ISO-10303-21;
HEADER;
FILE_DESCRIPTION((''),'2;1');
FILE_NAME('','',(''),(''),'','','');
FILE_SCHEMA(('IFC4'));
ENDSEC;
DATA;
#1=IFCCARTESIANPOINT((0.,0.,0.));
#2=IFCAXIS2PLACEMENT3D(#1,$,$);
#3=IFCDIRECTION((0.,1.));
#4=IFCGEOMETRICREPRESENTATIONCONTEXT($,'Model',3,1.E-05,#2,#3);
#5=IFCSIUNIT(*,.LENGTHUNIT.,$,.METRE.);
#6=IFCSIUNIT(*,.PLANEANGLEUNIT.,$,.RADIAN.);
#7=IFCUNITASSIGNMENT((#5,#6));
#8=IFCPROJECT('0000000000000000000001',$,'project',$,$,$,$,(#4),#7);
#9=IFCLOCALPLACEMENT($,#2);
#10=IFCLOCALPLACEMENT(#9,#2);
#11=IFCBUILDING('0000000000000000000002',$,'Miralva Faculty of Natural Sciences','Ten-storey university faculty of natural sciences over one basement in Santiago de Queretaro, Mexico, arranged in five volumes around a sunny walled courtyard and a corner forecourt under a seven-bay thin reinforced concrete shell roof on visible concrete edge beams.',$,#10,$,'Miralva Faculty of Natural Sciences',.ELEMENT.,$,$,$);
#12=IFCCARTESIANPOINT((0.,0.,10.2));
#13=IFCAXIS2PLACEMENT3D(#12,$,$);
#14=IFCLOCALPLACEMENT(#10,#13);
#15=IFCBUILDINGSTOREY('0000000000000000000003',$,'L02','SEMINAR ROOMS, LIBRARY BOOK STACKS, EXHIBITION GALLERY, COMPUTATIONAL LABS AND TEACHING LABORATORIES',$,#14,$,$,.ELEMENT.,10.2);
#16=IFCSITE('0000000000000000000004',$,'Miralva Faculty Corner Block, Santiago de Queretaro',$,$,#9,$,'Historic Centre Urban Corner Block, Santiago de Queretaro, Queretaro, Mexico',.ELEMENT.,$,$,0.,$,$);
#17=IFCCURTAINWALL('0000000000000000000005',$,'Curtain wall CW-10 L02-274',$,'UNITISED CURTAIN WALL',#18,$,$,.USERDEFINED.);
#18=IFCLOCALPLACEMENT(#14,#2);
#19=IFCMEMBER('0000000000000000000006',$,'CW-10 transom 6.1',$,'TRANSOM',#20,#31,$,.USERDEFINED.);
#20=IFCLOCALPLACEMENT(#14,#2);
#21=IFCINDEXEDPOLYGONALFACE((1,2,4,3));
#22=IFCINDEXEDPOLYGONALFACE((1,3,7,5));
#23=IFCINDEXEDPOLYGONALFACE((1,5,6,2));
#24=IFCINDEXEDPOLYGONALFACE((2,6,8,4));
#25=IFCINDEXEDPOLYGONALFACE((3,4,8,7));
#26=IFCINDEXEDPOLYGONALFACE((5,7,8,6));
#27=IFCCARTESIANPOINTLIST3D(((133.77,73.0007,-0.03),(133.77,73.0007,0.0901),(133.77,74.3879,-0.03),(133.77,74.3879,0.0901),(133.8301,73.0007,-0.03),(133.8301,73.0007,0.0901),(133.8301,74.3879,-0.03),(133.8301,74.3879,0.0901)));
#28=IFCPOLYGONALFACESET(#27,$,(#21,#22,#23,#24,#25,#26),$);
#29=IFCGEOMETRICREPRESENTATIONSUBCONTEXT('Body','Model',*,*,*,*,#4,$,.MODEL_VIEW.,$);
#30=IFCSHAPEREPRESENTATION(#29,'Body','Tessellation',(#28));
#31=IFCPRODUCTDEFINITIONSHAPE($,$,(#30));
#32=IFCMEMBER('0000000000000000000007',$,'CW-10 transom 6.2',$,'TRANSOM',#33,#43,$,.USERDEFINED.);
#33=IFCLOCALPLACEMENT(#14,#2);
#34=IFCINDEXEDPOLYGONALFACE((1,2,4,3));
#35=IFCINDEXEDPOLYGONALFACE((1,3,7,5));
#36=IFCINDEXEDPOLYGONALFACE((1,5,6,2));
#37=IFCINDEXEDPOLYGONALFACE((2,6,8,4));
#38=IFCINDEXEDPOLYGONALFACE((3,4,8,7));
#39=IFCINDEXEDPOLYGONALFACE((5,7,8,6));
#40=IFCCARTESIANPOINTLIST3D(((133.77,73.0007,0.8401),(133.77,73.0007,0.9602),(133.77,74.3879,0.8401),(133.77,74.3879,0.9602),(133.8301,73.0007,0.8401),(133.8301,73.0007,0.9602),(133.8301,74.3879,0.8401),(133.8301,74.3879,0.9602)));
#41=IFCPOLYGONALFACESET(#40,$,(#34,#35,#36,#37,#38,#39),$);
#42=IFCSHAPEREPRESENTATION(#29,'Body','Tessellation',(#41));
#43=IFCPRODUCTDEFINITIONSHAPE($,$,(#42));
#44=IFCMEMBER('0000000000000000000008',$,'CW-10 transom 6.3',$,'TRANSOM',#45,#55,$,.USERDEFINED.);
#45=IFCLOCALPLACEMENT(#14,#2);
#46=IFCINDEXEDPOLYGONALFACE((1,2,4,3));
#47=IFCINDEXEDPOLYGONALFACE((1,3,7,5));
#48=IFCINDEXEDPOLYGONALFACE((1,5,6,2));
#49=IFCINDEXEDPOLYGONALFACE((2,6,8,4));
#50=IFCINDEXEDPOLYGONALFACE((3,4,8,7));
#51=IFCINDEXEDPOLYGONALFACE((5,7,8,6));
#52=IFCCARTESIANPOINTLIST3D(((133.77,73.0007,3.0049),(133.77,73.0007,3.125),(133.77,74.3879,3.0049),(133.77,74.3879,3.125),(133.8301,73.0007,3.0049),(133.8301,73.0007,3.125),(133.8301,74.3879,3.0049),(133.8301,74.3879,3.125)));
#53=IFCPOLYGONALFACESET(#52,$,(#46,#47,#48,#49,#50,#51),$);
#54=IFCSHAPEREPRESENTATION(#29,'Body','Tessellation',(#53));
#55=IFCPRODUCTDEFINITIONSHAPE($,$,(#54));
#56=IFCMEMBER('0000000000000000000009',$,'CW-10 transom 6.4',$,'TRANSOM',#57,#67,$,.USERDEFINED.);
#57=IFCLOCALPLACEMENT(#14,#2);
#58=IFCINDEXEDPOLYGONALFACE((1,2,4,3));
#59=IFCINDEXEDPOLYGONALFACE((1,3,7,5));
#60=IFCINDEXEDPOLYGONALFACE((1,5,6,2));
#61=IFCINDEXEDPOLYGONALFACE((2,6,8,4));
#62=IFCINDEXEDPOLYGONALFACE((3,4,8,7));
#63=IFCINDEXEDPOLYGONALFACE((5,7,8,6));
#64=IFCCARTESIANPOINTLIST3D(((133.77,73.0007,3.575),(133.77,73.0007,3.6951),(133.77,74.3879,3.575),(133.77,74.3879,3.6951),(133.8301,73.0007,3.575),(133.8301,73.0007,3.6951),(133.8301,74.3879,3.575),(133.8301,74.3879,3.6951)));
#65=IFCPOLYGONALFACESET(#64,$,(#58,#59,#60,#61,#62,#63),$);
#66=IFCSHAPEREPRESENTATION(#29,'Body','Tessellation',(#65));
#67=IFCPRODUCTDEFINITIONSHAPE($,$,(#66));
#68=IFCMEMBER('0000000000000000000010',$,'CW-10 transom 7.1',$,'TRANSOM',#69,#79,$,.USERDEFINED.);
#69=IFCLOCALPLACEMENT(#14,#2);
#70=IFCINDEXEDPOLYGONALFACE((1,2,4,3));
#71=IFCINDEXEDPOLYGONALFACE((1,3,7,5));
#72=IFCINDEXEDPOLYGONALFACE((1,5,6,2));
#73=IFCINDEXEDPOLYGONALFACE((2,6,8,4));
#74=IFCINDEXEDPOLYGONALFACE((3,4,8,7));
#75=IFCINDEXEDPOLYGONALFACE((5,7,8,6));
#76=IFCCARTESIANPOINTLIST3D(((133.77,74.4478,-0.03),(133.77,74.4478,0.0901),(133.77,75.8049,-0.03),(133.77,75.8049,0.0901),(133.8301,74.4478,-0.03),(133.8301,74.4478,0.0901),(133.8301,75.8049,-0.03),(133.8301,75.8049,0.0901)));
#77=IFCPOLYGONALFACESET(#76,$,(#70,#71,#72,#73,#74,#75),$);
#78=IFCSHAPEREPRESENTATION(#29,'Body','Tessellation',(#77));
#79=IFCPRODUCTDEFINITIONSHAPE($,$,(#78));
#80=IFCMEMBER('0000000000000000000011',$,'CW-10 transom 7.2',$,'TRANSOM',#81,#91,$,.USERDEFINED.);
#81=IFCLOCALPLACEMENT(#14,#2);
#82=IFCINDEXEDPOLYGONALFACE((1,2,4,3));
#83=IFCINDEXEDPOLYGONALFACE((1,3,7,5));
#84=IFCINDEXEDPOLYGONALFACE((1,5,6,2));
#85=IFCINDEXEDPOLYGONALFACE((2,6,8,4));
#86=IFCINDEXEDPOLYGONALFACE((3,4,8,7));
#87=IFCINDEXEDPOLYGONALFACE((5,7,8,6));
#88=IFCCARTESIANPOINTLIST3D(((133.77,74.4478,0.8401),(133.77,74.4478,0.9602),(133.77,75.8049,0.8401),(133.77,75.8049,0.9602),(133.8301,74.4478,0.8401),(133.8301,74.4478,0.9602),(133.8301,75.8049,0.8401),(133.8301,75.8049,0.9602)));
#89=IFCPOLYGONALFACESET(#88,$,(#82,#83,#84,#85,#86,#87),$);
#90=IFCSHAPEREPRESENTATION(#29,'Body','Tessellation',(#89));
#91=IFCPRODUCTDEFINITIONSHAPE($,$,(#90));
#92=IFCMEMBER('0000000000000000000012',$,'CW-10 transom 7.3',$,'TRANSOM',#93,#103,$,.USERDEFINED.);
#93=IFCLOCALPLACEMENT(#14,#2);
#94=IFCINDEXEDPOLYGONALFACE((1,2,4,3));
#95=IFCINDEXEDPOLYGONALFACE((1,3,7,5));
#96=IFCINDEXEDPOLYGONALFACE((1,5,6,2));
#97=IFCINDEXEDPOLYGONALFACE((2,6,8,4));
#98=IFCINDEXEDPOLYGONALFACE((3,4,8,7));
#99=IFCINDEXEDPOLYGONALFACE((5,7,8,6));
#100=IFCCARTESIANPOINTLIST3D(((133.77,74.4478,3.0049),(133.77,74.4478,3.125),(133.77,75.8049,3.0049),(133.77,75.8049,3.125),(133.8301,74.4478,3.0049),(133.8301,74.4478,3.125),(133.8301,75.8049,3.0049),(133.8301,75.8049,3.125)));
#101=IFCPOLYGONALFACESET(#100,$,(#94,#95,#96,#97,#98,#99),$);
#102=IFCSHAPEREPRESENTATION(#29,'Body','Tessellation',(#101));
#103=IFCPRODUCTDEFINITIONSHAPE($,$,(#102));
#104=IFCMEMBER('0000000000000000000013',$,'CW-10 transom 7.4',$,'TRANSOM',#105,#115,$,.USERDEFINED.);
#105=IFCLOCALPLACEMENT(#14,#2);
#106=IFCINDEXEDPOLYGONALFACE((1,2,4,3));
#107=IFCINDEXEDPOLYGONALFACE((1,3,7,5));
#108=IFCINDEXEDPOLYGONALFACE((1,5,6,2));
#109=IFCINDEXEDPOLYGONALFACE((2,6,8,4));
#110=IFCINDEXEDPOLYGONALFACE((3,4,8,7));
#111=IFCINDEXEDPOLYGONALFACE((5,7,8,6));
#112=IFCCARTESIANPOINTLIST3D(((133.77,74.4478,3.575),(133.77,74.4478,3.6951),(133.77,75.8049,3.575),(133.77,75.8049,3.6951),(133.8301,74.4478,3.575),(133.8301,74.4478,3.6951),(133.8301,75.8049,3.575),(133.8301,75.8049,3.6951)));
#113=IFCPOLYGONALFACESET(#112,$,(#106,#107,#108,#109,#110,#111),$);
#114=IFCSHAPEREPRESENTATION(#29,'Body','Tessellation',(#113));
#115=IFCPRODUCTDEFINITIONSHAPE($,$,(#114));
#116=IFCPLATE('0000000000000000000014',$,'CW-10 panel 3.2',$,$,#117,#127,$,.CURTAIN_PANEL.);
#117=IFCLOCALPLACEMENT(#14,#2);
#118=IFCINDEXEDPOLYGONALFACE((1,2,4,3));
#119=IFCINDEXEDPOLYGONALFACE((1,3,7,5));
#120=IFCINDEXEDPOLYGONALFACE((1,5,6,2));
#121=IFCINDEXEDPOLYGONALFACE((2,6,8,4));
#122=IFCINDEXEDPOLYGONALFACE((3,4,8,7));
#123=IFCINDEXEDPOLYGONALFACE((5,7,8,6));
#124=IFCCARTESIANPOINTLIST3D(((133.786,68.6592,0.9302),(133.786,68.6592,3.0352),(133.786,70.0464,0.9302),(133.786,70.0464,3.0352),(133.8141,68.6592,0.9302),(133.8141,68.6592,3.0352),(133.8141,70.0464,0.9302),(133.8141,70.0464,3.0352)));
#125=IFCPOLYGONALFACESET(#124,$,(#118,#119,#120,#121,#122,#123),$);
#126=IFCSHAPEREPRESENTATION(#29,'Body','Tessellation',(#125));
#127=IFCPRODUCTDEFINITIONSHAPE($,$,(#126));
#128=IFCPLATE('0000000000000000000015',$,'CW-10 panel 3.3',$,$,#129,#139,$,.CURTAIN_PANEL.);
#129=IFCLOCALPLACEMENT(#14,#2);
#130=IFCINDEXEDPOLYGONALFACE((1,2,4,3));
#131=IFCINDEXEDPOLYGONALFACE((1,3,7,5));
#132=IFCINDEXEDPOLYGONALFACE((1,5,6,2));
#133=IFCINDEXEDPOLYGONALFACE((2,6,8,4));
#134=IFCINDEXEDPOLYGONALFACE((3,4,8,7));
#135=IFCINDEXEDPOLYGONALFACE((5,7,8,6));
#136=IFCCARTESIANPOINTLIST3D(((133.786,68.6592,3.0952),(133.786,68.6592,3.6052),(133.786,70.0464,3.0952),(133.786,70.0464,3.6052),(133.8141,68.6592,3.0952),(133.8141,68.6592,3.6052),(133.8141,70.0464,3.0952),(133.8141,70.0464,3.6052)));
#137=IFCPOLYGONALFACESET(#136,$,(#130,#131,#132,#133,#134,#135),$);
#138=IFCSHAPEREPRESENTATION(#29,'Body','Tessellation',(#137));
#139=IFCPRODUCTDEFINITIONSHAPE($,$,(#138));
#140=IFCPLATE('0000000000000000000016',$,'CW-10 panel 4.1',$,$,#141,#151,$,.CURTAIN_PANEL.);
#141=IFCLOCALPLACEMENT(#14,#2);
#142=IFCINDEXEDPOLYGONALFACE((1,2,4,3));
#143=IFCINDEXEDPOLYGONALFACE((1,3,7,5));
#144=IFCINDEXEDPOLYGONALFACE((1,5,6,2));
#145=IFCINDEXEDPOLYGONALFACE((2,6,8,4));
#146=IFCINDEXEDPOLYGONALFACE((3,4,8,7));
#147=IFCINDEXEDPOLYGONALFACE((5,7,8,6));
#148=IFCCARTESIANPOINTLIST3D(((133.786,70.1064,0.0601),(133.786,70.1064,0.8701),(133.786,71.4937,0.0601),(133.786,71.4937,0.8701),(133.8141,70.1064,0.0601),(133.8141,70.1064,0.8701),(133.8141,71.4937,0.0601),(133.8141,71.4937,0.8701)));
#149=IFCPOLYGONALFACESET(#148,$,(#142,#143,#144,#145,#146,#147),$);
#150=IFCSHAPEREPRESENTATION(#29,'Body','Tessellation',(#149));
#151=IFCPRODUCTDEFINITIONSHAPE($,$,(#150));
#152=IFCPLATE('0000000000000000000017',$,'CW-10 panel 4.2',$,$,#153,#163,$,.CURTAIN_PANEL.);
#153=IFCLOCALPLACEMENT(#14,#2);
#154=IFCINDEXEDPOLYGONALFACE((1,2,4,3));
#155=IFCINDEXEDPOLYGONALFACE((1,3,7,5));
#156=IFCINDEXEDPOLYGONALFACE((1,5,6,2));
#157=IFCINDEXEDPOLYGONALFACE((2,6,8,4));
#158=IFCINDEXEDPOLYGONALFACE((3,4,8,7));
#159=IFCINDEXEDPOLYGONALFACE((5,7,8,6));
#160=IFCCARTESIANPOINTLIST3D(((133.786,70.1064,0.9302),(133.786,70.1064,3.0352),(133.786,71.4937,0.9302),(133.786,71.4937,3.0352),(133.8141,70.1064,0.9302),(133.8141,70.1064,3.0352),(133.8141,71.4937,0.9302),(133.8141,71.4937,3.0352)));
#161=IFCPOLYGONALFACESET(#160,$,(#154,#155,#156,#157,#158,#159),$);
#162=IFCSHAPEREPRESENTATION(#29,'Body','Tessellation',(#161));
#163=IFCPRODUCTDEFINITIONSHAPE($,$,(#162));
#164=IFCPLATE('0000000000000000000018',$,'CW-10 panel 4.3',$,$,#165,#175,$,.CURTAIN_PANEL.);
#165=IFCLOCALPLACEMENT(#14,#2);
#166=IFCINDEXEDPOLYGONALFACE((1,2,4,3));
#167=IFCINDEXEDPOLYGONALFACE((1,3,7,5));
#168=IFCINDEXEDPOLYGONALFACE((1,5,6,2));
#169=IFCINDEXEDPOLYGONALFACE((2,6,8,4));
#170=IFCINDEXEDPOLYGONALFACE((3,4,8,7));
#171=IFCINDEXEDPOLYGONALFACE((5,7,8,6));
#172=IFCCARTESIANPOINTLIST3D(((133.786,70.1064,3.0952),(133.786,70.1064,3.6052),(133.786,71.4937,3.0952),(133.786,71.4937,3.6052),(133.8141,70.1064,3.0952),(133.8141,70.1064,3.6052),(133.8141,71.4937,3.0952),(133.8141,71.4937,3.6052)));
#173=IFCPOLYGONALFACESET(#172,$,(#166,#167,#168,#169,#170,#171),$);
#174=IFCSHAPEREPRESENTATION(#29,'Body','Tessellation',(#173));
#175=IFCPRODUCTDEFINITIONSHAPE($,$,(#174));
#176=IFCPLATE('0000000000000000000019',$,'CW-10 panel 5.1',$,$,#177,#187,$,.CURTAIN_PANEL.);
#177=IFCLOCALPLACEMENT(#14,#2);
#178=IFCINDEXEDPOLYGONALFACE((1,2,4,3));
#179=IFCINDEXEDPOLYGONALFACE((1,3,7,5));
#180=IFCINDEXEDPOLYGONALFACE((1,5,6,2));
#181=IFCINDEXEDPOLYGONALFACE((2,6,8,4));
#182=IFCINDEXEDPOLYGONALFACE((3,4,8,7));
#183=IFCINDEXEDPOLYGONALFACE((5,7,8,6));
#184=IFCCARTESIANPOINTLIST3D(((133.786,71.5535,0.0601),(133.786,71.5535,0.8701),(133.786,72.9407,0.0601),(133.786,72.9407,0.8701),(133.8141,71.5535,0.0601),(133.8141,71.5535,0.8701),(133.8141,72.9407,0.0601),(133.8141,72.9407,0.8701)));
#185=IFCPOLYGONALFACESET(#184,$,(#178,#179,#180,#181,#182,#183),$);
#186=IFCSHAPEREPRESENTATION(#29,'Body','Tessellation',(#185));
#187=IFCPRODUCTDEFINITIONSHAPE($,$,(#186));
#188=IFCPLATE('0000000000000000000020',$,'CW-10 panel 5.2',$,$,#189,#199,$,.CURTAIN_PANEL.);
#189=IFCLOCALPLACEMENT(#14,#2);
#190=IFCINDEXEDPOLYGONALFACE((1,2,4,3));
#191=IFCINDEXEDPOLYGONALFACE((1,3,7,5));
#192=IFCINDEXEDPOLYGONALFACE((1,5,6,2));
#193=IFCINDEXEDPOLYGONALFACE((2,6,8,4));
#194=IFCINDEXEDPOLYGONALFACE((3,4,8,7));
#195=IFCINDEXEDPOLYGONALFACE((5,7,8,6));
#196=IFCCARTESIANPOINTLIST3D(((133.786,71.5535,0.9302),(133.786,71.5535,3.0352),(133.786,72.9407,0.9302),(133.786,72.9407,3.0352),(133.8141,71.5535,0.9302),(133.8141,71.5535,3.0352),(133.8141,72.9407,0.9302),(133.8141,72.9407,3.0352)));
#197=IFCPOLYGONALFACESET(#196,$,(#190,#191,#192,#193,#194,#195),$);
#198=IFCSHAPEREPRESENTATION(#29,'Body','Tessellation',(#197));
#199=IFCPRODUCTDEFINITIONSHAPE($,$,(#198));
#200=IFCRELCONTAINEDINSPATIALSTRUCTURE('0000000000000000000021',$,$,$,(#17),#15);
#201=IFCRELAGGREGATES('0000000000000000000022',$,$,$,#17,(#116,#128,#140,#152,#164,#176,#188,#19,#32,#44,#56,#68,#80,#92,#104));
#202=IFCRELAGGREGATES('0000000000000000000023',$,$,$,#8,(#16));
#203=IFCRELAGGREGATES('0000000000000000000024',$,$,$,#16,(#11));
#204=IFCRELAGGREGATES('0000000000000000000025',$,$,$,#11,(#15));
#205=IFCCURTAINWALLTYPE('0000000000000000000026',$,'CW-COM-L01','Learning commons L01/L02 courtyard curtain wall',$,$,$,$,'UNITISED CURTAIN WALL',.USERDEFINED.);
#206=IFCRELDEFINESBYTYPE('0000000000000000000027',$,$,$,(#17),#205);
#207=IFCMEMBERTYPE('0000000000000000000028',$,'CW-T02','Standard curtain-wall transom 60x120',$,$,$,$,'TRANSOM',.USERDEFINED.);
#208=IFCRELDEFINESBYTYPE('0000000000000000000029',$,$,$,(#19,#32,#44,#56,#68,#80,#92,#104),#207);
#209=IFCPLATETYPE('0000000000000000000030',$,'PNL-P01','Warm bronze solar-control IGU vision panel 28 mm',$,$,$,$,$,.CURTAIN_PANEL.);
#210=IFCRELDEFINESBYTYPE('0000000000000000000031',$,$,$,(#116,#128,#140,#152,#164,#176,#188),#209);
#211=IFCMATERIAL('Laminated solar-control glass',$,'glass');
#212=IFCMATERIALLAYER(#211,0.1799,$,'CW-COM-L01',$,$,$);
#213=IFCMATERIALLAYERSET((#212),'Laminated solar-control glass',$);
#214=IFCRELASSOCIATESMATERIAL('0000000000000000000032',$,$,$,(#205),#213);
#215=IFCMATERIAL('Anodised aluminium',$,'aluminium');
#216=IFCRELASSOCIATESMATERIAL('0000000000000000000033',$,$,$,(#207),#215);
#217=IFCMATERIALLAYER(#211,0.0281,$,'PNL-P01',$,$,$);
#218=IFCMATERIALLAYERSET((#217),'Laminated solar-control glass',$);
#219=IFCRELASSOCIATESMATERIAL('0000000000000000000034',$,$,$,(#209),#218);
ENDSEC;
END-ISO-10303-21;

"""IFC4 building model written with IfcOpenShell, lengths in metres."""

from ifc_helpers import new_model, si_unit, direction, frame, origin, origin_2d, place, context, subcontext, project, spatial, rectangle, extrude, material, layer, layer_set, material_profile, profile_set, type_object, element, aggregate, save


model = new_model("IFC4")

# Units and contexts
model_context = context("Model", 3, precision=1e-05, world=origin(), true_north=direction((0.0, 1.0)))
body_context = subcontext(model_context, "Body", "Model", "MODEL_VIEW")
ifc_project = project(units=[si_unit("LENGTHUNIT", "METRE"), si_unit("PLANEANGLEUNIT", "RADIAN")], contexts=[model_context])

# Site, building, storey
site_placement = place(None, origin())
site = spatial("IfcSite", under=ifc_project, at=site_placement, Name="Miralva Faculty Corner Block, Santiago de Queretaro", LongName="Historic Centre Urban Corner Block, Santiago de Queretaro, Queretaro, Mexico", CompositionType="ELEMENT", RefElevation=0.0)
building_placement = place(site_placement, origin())
building = spatial("IfcBuilding", under=site, at=building_placement, Name="Miralva Faculty of Natural Sciences", Description="Ten-storey university faculty of natural sciences over one basement in Santiago de Queretaro, Mexico, arranged in five volumes around a sunny walled courtyard and a corner forecourt under a seven-bay thin reinforced concrete shell roof on visible concrete edge beams.", LongName="Miralva Faculty of Natural Sciences", CompositionType="ELEMENT")
storey_placement = place(building_placement, frame((0.0, 0.0, 10.2)))
storey = spatial("IfcBuildingStorey", under=building, at=storey_placement, Name="L02", Description="SEMINAR ROOMS, LIBRARY BOOK STACKS, EXHIBITION GALLERY, COMPUTATIONAL LABS AND TEACHING LABORATORIES", CompositionType="ELEMENT", Elevation=10.2)

# Curtain wall, members, plates
ifc_material_1 = material(Name="Laminated solar-control glass", Category="glass")
ifc_layer_1 = layer(ifc_material_1, 0.1799, Name="CW-COM-L01")
ifc_layer_set_1 = layer_set([ifc_layer_1], Name="Laminated solar-control glass")
curtain_wall_type = type_object("IfcCurtainWallType", Name="CW-COM-L01", Description="Learning commons L01/L02 courtyard curtain wall", ElementType="UNITISED CURTAIN WALL", PredefinedType="USERDEFINED", material=ifc_layer_set_1)
curtain_wall_placement = place(storey_placement, origin())
curtain_wall = element("IfcCurtainWall", 1, at=curtain_wall_placement, inside=storey, type_object=curtain_wall_type, Name="Curtain wall CW-10 L02-274", ObjectType="UNITISED CURTAIN WALL", PredefinedType="USERDEFINED")
ifc_material_2 = material(Name="Anodised aluminium", Category="aluminium")
ifc_material_profile_1 = material_profile(ifc_material_2, rectangle(XDim=0.0601, YDim=0.1201, at=origin_2d()), Name="TRANSOM 60x120")
ifc_profile_set_1 = profile_set([ifc_material_profile_1], Name="Anodised aluminium")
member_type_1 = type_object("IfcMemberType", Name="CW-T02", Description="Standard curtain-wall transom 60x120", ElementType="TRANSOM", PredefinedType="USERDEFINED", material=ifc_profile_set_1)
member_1_placement = place(storey_placement, frame((133.8, 73.0007, 0.03), z_axis=(0.0, 1.0, 0.0), x_axis=(-1.0, 0.0, 0.0)))
member_1 = element("IfcMember", 2, at=member_1_placement, type_object=member_type_1, Name="CW-10 transom 6.1", ObjectType="TRANSOM", PredefinedType="USERDEFINED", context=body_context, shape_type="SweptSolid", body=[
    extrude(rectangle(XDim=0.0601, YDim=0.1201, at=origin_2d()), origin(), (0.0, 0.0, 1.0), 1.3872),
])
member_2_placement = place(storey_placement, frame((133.8, 73.0007, 0.9001), z_axis=(0.0, 1.0, 0.0), x_axis=(-1.0, 0.0, 0.0)))
member_2 = element("IfcMember", 3, at=member_2_placement, type_object=member_type_1, Name="CW-10 transom 6.2", ObjectType="TRANSOM", PredefinedType="USERDEFINED", context=body_context, shape_type="SweptSolid", body=[
    extrude(rectangle(XDim=0.0601, YDim=0.1201, at=origin_2d()), origin(), (0.0, 0.0, 1.0), 1.3872),
])
member_3_placement = place(storey_placement, frame((133.8, 73.0007, 3.0649), z_axis=(0.0, 1.0, 0.0), x_axis=(-1.0, 0.0, 0.0)))
member_3 = element("IfcMember", 4, at=member_3_placement, type_object=member_type_1, Name="CW-10 transom 6.3", ObjectType="TRANSOM", PredefinedType="USERDEFINED", context=body_context, shape_type="SweptSolid", body=[
    extrude(rectangle(XDim=0.0601, YDim=0.1201, at=origin_2d()), origin(), (0.0, 0.0, 1.0), 1.3872),
])
member_4_placement = place(storey_placement, frame((133.8, 73.0007, 3.635), z_axis=(0.0, 1.0, 0.0), x_axis=(-1.0, 0.0, 0.0)))
member_4 = element("IfcMember", 5, at=member_4_placement, type_object=member_type_1, Name="CW-10 transom 6.4", ObjectType="TRANSOM", PredefinedType="USERDEFINED", context=body_context, shape_type="SweptSolid", body=[
    extrude(rectangle(XDim=0.0601, YDim=0.1201, at=origin_2d()), origin(), (0.0, 0.0, 1.0), 1.3872),
])
member_5_placement = place(storey_placement, frame((133.8, 74.4478, 0.03), z_axis=(0.0, 1.0, 0.0), x_axis=(-1.0, 0.0, 0.0)))
member_5 = element("IfcMember", 6, at=member_5_placement, type_object=member_type_1, Name="CW-10 transom 7.1", ObjectType="TRANSOM", PredefinedType="USERDEFINED", context=body_context, shape_type="SweptSolid", body=[
    extrude(rectangle(XDim=0.0601, YDim=0.1201, at=origin_2d()), origin(), (0.0, 0.0, 1.0), 1.3572),
])
member_6_placement = place(storey_placement, frame((133.8, 74.4478, 0.9001), z_axis=(0.0, 1.0, 0.0), x_axis=(-1.0, 0.0, 0.0)))
member_6 = element("IfcMember", 7, at=member_6_placement, type_object=member_type_1, Name="CW-10 transom 7.2", ObjectType="TRANSOM", PredefinedType="USERDEFINED", context=body_context, shape_type="SweptSolid", body=[
    extrude(rectangle(XDim=0.0601, YDim=0.1201, at=origin_2d()), origin(), (0.0, 0.0, 1.0), 1.3572),
])
member_7_placement = place(storey_placement, frame((133.8, 74.4478, 3.0649), z_axis=(0.0, 1.0, 0.0), x_axis=(-1.0, 0.0, 0.0)))
member_7 = element("IfcMember", 8, at=member_7_placement, type_object=member_type_1, Name="CW-10 transom 7.3", ObjectType="TRANSOM", PredefinedType="USERDEFINED", context=body_context, shape_type="SweptSolid", body=[
    extrude(rectangle(XDim=0.0601, YDim=0.1201, at=origin_2d()), origin(), (0.0, 0.0, 1.0), 1.3572),
])
member_8_placement = place(storey_placement, frame((133.8, 74.4478, 3.635), z_axis=(0.0, 1.0, 0.0), x_axis=(-1.0, 0.0, 0.0)))
member_8 = element("IfcMember", 9, at=member_8_placement, type_object=member_type_1, Name="CW-10 transom 7.4", ObjectType="TRANSOM", PredefinedType="USERDEFINED", context=body_context, shape_type="SweptSolid", body=[
    extrude(rectangle(XDim=0.0601, YDim=0.1201, at=origin_2d()), origin(), (0.0, 0.0, 1.0), 1.3572),
])
ifc_layer_2 = layer(ifc_material_1, 0.0281, Name="PNL-P01")
ifc_layer_set_2 = layer_set([ifc_layer_2], Name="Laminated solar-control glass")
plate_type = type_object("IfcPlateType", Name="PNL-P01", Description="Warm bronze solar-control IGU vision panel 28 mm", PredefinedType="CURTAIN_PANEL", material=ifc_layer_set_2)
plate_1_placement = place(storey_placement, frame((133.8, 69.3528, 0.9302), z_axis=(0.0, 0.0, 1.0), x_axis=(0.0, 1.0, 0.0)))
plate_1 = element("IfcPlate", 10, at=plate_1_placement, type_object=plate_type, Name="CW-10 panel 3.2", PredefinedType="CURTAIN_PANEL", context=body_context, shape_type="SweptSolid", body=[
    extrude(rectangle(XDim=1.3872, YDim=0.0281, at=origin_2d()), origin(), (0.0, 0.0, 1.0), 2.105),
])
plate_2_placement = place(storey_placement, frame((133.8, 69.3528, 3.0952), z_axis=(0.0, 0.0, 1.0), x_axis=(0.0, 1.0, 0.0)))
plate_2 = element("IfcPlate", 11, at=plate_2_placement, type_object=plate_type, Name="CW-10 panel 3.3", PredefinedType="CURTAIN_PANEL", context=body_context, shape_type="SweptSolid", body=[
    extrude(rectangle(XDim=1.3872, YDim=0.0281, at=origin_2d()), origin(), (0.0, 0.0, 1.0), 0.51),
])
plate_3_placement = place(storey_placement, frame((133.8, 70.8, 0.0601), z_axis=(0.0, 0.0, 1.0), x_axis=(0.0, 1.0, 0.0)))
plate_3 = element("IfcPlate", 12, at=plate_3_placement, type_object=plate_type, Name="CW-10 panel 4.1", PredefinedType="CURTAIN_PANEL", context=body_context, shape_type="SweptSolid", body=[
    extrude(rectangle(XDim=1.3872, YDim=0.0281, at=origin_2d()), origin(), (0.0, 0.0, 1.0), 0.8101),
])
plate_4_placement = place(storey_placement, frame((133.8, 70.8, 0.9302), z_axis=(0.0, 0.0, 1.0), x_axis=(0.0, 1.0, 0.0)))
plate_4 = element("IfcPlate", 13, at=plate_4_placement, type_object=plate_type, Name="CW-10 panel 4.2", PredefinedType="CURTAIN_PANEL", context=body_context, shape_type="SweptSolid", body=[
    extrude(rectangle(XDim=1.3872, YDim=0.0281, at=origin_2d()), origin(), (0.0, 0.0, 1.0), 2.105),
])
plate_5_placement = place(storey_placement, frame((133.8, 70.8, 3.0952), z_axis=(0.0, 0.0, 1.0), x_axis=(0.0, 1.0, 0.0)))
plate_5 = element("IfcPlate", 14, at=plate_5_placement, type_object=plate_type, Name="CW-10 panel 4.3", PredefinedType="CURTAIN_PANEL", context=body_context, shape_type="SweptSolid", body=[
    extrude(rectangle(XDim=1.3872, YDim=0.0281, at=origin_2d()), origin(), (0.0, 0.0, 1.0), 0.51),
])
plate_6_placement = place(storey_placement, frame((133.8, 72.2471, 0.0601), z_axis=(0.0, 0.0, 1.0), x_axis=(0.0, 1.0, 0.0)))
plate_6 = element("IfcPlate", 15, at=plate_6_placement, type_object=plate_type, Name="CW-10 panel 5.1", PredefinedType="CURTAIN_PANEL", context=body_context, shape_type="SweptSolid", body=[
    extrude(rectangle(XDim=1.3872, YDim=0.0281, at=origin_2d()), origin(), (0.0, 0.0, 1.0), 0.8101),
])
plate_7_placement = place(storey_placement, frame((133.8, 72.2471, 0.9302), z_axis=(0.0, 0.0, 1.0), x_axis=(0.0, 1.0, 0.0)))
plate_7 = element("IfcPlate", 16, at=plate_7_placement, type_object=plate_type, Name="CW-10 panel 5.2", PredefinedType="CURTAIN_PANEL", context=body_context, shape_type="SweptSolid", body=[
    extrude(rectangle(XDim=1.3872, YDim=0.0281, at=origin_2d()), origin(), (0.0, 0.0, 1.0), 2.105),
])
aggregate(curtain_wall, [plate_1, plate_2, plate_3, plate_4, plate_5, plate_6, plate_7, member_1, member_2, member_3, member_4, member_5, member_6, member_7, member_8])

save(model, "model.ifc")
